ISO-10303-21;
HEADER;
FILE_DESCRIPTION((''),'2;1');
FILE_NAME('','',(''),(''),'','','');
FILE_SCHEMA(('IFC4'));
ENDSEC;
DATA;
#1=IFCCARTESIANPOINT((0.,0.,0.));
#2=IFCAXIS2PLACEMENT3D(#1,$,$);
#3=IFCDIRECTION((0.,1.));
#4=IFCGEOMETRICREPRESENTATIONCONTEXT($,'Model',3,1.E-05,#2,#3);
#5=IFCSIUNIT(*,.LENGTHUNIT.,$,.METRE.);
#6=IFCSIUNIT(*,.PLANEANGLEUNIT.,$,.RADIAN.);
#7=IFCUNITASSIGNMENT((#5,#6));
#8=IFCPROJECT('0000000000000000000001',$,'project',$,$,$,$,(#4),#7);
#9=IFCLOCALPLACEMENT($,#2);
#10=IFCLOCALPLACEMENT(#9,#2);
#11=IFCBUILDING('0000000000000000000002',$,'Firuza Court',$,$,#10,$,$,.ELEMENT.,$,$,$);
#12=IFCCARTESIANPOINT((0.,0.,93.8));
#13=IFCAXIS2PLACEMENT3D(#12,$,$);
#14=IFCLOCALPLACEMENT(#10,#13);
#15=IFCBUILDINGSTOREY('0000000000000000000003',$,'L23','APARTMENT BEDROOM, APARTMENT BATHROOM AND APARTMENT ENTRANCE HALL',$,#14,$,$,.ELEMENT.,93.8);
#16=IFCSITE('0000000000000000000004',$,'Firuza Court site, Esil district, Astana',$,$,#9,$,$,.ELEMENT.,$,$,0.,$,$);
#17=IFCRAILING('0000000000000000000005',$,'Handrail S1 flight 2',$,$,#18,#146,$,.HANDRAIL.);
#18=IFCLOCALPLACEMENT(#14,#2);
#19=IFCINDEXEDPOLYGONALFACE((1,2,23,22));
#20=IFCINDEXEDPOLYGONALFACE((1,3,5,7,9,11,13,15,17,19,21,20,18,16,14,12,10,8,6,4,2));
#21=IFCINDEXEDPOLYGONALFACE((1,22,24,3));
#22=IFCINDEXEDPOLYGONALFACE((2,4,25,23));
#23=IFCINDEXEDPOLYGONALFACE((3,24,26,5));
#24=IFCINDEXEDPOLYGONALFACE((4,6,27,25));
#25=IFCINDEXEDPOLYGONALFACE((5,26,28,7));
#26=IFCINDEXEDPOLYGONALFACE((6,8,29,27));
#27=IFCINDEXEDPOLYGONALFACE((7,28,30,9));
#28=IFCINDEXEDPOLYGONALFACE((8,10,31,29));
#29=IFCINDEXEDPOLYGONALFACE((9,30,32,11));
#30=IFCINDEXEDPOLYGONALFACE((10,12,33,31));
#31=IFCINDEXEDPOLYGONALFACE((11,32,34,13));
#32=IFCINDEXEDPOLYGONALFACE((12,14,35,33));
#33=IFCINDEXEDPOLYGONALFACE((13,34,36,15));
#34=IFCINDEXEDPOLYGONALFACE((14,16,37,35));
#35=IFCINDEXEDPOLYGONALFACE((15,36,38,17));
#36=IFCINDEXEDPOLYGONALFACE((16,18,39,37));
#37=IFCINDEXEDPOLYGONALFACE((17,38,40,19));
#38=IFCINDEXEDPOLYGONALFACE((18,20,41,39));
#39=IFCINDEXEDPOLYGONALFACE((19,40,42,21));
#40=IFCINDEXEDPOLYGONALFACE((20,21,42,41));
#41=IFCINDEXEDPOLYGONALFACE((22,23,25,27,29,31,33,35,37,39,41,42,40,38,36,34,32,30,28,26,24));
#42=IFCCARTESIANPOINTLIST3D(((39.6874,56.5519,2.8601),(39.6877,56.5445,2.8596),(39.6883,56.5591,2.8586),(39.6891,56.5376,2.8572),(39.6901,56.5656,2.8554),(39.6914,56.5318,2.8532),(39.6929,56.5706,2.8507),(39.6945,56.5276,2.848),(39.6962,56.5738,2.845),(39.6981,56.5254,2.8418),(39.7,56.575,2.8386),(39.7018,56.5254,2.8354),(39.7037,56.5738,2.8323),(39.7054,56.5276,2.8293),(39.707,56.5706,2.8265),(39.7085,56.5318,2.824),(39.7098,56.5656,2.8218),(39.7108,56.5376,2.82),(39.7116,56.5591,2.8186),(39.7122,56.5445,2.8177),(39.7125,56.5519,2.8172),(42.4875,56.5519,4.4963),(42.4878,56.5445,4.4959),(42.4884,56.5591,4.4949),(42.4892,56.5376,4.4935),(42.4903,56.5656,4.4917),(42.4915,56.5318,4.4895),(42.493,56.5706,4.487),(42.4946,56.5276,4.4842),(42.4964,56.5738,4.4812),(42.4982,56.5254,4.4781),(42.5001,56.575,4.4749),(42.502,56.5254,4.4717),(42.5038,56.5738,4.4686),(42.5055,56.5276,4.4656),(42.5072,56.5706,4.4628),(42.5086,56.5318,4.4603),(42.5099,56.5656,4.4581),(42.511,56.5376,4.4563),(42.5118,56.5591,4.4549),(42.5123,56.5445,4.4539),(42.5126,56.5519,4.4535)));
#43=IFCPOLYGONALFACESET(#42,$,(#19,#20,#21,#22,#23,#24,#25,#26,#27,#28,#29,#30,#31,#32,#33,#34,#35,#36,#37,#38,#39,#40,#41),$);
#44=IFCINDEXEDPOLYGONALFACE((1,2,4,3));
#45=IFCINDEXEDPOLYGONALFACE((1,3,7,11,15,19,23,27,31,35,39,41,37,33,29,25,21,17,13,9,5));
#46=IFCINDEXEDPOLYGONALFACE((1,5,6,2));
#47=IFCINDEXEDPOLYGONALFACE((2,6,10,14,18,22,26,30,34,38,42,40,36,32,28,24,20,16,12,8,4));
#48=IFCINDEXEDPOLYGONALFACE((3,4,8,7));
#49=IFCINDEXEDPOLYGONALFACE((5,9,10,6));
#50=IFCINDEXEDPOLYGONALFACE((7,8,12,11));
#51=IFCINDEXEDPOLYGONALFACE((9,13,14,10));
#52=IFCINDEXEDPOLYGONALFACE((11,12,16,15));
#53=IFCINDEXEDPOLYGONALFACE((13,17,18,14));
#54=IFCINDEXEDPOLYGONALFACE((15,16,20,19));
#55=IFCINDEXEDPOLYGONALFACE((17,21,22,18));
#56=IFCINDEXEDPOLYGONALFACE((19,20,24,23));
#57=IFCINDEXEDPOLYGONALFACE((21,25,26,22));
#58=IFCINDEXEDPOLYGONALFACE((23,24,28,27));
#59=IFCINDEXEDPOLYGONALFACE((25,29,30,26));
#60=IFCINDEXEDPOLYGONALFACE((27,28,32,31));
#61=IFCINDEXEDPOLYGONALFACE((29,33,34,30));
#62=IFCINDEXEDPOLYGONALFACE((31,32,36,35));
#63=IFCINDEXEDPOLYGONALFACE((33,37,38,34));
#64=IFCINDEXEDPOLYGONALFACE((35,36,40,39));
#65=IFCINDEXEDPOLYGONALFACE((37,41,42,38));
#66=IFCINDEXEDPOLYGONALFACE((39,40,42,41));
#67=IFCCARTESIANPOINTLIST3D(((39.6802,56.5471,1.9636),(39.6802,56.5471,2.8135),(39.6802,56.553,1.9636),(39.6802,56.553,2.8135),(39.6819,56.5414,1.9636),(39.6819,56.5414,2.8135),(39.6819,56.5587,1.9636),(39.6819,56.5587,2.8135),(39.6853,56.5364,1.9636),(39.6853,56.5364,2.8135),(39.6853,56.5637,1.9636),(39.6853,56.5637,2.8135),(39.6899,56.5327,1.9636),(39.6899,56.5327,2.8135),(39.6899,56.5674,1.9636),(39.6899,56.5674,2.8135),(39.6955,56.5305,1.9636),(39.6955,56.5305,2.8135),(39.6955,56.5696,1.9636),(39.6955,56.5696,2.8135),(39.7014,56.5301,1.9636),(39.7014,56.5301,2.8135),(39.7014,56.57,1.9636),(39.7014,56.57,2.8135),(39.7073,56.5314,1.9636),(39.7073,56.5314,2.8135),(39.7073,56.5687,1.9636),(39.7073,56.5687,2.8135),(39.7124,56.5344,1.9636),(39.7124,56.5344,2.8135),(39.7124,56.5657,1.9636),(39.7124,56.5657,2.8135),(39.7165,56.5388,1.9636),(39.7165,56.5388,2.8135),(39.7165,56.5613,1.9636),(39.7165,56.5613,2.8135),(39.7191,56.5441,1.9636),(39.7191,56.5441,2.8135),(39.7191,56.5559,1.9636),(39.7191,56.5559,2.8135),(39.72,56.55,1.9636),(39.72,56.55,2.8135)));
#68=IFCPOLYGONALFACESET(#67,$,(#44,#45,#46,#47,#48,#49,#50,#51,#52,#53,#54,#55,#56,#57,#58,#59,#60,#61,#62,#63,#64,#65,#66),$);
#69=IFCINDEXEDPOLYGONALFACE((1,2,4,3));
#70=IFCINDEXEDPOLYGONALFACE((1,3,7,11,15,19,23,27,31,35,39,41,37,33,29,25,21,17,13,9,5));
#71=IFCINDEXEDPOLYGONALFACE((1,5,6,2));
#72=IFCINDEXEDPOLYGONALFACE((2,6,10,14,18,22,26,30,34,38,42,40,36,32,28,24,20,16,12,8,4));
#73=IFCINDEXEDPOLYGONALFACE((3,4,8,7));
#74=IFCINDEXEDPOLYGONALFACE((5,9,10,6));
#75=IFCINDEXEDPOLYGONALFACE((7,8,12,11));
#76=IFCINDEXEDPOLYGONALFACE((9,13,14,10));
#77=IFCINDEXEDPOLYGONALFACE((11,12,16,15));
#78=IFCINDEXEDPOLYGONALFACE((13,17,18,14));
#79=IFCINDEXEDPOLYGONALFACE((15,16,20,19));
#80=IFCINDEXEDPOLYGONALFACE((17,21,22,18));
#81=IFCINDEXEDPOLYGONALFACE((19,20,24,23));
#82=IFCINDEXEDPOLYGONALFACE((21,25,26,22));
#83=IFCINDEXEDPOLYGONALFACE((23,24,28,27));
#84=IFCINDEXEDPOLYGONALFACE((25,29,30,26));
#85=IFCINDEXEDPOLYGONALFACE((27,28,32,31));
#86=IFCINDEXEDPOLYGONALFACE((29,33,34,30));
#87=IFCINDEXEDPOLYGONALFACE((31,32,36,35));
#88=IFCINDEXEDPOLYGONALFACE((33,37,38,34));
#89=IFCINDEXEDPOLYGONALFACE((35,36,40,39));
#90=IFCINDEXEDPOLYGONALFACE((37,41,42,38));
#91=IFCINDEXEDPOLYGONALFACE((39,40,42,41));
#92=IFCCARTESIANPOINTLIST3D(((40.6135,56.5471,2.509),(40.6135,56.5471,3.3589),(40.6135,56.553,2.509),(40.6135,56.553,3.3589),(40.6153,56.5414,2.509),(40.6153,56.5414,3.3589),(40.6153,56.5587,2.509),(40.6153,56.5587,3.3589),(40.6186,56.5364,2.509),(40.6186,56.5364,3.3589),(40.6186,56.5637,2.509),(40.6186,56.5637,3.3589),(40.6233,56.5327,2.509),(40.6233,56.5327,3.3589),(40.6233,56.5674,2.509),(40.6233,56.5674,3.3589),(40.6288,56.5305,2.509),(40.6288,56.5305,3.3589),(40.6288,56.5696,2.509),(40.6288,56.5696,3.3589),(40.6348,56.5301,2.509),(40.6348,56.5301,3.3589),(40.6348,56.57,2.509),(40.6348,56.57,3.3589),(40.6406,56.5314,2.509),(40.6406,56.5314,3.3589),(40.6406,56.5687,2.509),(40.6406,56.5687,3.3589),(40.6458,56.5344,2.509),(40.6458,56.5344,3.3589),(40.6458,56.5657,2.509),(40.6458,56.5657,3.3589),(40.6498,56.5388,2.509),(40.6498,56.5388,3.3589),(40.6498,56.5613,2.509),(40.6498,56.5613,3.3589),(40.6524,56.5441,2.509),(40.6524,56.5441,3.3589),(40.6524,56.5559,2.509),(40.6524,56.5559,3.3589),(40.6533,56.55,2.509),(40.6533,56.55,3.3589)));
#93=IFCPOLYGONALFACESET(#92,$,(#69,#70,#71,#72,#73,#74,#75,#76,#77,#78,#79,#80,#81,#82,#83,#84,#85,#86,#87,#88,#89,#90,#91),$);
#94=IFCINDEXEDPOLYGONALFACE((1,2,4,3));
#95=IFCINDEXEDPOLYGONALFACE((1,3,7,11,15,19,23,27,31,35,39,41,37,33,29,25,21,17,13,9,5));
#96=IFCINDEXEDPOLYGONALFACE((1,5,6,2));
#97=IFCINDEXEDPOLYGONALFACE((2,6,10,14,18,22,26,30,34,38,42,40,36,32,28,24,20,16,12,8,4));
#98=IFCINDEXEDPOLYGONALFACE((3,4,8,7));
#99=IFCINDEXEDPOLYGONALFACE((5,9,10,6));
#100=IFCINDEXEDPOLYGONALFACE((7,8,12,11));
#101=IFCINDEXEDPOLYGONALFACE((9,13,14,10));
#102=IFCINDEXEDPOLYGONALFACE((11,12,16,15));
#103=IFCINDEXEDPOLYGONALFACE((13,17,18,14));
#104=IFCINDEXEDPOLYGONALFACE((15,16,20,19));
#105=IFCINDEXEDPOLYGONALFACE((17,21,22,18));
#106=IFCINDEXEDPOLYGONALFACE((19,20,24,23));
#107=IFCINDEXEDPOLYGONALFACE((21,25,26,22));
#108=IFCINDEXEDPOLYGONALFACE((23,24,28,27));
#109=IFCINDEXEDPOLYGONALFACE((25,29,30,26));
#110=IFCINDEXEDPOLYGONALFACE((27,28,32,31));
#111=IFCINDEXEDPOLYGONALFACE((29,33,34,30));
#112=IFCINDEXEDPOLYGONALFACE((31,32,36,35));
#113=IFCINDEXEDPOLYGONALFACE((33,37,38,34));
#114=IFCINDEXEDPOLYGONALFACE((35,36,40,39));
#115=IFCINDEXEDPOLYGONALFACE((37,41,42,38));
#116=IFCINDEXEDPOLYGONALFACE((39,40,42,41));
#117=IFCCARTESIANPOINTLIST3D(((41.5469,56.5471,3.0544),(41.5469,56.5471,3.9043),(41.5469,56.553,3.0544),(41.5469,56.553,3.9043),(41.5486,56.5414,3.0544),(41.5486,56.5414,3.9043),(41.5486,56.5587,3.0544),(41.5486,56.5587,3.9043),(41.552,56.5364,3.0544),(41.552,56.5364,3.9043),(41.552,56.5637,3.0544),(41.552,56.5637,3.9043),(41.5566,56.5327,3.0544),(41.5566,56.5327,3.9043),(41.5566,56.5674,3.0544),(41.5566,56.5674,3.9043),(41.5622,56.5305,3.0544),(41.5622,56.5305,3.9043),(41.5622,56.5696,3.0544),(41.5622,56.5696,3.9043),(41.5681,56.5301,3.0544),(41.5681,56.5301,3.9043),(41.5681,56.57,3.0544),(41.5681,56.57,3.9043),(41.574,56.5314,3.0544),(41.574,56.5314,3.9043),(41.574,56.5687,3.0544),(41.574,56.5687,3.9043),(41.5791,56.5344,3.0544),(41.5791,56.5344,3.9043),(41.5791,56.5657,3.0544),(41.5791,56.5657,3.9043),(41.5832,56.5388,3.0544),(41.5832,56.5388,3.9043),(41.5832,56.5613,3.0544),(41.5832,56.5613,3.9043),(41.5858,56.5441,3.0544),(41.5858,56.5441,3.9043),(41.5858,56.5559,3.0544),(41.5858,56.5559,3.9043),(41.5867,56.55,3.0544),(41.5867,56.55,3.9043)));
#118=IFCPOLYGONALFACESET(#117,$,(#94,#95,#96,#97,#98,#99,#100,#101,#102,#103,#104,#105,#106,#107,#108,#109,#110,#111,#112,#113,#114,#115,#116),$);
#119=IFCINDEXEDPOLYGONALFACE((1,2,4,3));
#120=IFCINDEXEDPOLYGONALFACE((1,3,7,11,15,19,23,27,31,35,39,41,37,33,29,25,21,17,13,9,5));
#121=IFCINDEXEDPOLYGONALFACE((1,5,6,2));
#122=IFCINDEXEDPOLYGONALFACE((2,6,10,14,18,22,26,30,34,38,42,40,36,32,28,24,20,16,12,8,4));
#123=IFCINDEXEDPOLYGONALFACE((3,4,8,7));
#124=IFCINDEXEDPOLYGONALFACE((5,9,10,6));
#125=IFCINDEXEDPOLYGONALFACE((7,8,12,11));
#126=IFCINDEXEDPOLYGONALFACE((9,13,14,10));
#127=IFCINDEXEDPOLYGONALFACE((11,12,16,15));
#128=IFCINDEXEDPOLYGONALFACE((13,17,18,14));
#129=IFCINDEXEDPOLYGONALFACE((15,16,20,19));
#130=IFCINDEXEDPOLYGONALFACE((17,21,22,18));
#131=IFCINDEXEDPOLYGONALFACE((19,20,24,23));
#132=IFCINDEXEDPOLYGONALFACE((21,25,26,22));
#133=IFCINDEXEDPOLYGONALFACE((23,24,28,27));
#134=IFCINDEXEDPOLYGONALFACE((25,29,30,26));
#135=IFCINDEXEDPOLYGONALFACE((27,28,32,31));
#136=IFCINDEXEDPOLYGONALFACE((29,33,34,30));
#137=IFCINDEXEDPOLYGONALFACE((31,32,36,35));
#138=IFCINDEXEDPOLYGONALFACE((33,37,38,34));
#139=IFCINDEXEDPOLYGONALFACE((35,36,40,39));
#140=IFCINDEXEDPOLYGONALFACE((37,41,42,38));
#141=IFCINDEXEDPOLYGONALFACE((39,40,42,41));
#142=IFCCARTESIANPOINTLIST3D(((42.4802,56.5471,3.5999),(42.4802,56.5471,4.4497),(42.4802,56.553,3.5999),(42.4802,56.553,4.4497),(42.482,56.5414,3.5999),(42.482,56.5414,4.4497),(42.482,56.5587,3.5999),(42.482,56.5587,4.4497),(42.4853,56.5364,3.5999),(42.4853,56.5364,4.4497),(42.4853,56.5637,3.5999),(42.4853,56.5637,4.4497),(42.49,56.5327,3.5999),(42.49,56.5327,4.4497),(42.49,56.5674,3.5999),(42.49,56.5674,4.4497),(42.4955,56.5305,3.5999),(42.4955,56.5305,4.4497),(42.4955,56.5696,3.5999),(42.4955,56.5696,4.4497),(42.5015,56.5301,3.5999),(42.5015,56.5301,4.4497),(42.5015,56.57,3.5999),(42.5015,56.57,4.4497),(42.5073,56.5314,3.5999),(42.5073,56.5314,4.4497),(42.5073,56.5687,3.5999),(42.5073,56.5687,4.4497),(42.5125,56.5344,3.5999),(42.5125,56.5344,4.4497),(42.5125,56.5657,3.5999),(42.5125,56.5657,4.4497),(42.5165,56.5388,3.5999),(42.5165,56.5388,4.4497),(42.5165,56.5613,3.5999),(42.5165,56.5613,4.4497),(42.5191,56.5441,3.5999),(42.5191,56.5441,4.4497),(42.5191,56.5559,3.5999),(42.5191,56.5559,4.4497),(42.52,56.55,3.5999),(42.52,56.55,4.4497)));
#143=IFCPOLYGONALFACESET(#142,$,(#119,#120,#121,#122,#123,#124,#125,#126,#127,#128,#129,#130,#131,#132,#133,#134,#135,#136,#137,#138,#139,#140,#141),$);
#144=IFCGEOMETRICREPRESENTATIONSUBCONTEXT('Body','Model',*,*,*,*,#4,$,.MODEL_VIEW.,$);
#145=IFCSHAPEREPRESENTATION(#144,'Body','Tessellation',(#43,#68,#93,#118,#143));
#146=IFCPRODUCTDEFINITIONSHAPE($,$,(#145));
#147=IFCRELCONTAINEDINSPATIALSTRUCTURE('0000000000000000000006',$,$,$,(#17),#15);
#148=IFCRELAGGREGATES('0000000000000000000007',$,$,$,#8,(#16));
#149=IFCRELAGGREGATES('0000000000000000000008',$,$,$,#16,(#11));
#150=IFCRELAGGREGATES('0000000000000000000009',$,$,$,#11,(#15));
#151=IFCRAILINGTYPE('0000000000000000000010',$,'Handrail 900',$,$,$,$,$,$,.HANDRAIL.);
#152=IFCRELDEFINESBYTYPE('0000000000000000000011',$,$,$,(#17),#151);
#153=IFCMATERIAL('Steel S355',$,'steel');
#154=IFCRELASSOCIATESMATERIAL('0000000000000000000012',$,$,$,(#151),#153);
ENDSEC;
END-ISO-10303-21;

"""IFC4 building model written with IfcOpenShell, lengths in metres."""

from ifc_helpers import new_model, si_unit, direction, frame, origin, origin_2d, place, context, subcontext, project, spatial, circle, extrude, material, type_object, element, save


model = new_model("IFC4")

# Units and contexts
model_context = context("Model", 3, precision=1e-05, world=origin(), true_north=direction((0.0, 1.0)))
body_context = subcontext(model_context, "Body", "Model", "MODEL_VIEW")
ifc_project = project(units=[si_unit("LENGTHUNIT", "METRE"), si_unit("PLANEANGLEUNIT", "RADIAN")], contexts=[model_context])

# Site, building, storey
site_placement = place(None, origin())
site = spatial("IfcSite", under=ifc_project, at=site_placement, Name="Firuza Court site, Esil district, Astana", CompositionType="ELEMENT", RefElevation=0.0)
building_placement = place(site_placement, origin())
building = spatial("IfcBuilding", under=site, at=building_placement, Name="Firuza Court", CompositionType="ELEMENT")
storey_placement = place(building_placement, frame((0.0, 0.0, 93.8)))
storey = spatial("IfcBuildingStorey", under=building, at=storey_placement, Name="L23", Description="APARTMENT BEDROOM, APARTMENT BATHROOM AND APARTMENT ENTRANCE HALL", CompositionType="ELEMENT", Elevation=93.8)

# Railing
ifc_material_1 = material(Name="Steel S355", Category="steel")
railing_type_1 = type_object("IfcRailingType", Name="Handrail 900", PredefinedType="HANDRAIL", material=ifc_material_1)
railing_1_placement = place(storey_placement, frame((39.7, 56.55, 1.9636)))
element("IfcRailing", 1, at=railing_1_placement, inside=storey, type_object=railing_type_1, Name="Handrail S1 flight 2", PredefinedType="HANDRAIL", context=body_context, shape_type="SweptSolid", body=[
    extrude(circle(Radius=0.0249, at=origin_2d()), frame((0.0, 0.0, 0.875), z_axis=(0.863394, 0.0, 0.504531), x_axis=(0.0, 1.0, 0.0)), (0.0, 0.0, 1.0), 3.2432),
    extrude(circle(Radius=0.02, at=origin_2d()), origin(), (0.0, 0.0, 1.0), 0.8499),
    extrude(circle(Radius=0.02, at=origin_2d()), frame((0.9333, 0.0, 0.5454)), (0.0, 0.0, 1.0), 0.8499),
    extrude(circle(Radius=0.02, at=origin_2d()), frame((1.8667, 0.0, 1.0908)), (0.0, 0.0, 1.0), 0.8499),
    extrude(circle(Radius=0.02, at=origin_2d()), frame((2.8, 0.0, 1.6362)), (0.0, 0.0, 1.0), 0.8499),
])

save(model, "model.ifc")
